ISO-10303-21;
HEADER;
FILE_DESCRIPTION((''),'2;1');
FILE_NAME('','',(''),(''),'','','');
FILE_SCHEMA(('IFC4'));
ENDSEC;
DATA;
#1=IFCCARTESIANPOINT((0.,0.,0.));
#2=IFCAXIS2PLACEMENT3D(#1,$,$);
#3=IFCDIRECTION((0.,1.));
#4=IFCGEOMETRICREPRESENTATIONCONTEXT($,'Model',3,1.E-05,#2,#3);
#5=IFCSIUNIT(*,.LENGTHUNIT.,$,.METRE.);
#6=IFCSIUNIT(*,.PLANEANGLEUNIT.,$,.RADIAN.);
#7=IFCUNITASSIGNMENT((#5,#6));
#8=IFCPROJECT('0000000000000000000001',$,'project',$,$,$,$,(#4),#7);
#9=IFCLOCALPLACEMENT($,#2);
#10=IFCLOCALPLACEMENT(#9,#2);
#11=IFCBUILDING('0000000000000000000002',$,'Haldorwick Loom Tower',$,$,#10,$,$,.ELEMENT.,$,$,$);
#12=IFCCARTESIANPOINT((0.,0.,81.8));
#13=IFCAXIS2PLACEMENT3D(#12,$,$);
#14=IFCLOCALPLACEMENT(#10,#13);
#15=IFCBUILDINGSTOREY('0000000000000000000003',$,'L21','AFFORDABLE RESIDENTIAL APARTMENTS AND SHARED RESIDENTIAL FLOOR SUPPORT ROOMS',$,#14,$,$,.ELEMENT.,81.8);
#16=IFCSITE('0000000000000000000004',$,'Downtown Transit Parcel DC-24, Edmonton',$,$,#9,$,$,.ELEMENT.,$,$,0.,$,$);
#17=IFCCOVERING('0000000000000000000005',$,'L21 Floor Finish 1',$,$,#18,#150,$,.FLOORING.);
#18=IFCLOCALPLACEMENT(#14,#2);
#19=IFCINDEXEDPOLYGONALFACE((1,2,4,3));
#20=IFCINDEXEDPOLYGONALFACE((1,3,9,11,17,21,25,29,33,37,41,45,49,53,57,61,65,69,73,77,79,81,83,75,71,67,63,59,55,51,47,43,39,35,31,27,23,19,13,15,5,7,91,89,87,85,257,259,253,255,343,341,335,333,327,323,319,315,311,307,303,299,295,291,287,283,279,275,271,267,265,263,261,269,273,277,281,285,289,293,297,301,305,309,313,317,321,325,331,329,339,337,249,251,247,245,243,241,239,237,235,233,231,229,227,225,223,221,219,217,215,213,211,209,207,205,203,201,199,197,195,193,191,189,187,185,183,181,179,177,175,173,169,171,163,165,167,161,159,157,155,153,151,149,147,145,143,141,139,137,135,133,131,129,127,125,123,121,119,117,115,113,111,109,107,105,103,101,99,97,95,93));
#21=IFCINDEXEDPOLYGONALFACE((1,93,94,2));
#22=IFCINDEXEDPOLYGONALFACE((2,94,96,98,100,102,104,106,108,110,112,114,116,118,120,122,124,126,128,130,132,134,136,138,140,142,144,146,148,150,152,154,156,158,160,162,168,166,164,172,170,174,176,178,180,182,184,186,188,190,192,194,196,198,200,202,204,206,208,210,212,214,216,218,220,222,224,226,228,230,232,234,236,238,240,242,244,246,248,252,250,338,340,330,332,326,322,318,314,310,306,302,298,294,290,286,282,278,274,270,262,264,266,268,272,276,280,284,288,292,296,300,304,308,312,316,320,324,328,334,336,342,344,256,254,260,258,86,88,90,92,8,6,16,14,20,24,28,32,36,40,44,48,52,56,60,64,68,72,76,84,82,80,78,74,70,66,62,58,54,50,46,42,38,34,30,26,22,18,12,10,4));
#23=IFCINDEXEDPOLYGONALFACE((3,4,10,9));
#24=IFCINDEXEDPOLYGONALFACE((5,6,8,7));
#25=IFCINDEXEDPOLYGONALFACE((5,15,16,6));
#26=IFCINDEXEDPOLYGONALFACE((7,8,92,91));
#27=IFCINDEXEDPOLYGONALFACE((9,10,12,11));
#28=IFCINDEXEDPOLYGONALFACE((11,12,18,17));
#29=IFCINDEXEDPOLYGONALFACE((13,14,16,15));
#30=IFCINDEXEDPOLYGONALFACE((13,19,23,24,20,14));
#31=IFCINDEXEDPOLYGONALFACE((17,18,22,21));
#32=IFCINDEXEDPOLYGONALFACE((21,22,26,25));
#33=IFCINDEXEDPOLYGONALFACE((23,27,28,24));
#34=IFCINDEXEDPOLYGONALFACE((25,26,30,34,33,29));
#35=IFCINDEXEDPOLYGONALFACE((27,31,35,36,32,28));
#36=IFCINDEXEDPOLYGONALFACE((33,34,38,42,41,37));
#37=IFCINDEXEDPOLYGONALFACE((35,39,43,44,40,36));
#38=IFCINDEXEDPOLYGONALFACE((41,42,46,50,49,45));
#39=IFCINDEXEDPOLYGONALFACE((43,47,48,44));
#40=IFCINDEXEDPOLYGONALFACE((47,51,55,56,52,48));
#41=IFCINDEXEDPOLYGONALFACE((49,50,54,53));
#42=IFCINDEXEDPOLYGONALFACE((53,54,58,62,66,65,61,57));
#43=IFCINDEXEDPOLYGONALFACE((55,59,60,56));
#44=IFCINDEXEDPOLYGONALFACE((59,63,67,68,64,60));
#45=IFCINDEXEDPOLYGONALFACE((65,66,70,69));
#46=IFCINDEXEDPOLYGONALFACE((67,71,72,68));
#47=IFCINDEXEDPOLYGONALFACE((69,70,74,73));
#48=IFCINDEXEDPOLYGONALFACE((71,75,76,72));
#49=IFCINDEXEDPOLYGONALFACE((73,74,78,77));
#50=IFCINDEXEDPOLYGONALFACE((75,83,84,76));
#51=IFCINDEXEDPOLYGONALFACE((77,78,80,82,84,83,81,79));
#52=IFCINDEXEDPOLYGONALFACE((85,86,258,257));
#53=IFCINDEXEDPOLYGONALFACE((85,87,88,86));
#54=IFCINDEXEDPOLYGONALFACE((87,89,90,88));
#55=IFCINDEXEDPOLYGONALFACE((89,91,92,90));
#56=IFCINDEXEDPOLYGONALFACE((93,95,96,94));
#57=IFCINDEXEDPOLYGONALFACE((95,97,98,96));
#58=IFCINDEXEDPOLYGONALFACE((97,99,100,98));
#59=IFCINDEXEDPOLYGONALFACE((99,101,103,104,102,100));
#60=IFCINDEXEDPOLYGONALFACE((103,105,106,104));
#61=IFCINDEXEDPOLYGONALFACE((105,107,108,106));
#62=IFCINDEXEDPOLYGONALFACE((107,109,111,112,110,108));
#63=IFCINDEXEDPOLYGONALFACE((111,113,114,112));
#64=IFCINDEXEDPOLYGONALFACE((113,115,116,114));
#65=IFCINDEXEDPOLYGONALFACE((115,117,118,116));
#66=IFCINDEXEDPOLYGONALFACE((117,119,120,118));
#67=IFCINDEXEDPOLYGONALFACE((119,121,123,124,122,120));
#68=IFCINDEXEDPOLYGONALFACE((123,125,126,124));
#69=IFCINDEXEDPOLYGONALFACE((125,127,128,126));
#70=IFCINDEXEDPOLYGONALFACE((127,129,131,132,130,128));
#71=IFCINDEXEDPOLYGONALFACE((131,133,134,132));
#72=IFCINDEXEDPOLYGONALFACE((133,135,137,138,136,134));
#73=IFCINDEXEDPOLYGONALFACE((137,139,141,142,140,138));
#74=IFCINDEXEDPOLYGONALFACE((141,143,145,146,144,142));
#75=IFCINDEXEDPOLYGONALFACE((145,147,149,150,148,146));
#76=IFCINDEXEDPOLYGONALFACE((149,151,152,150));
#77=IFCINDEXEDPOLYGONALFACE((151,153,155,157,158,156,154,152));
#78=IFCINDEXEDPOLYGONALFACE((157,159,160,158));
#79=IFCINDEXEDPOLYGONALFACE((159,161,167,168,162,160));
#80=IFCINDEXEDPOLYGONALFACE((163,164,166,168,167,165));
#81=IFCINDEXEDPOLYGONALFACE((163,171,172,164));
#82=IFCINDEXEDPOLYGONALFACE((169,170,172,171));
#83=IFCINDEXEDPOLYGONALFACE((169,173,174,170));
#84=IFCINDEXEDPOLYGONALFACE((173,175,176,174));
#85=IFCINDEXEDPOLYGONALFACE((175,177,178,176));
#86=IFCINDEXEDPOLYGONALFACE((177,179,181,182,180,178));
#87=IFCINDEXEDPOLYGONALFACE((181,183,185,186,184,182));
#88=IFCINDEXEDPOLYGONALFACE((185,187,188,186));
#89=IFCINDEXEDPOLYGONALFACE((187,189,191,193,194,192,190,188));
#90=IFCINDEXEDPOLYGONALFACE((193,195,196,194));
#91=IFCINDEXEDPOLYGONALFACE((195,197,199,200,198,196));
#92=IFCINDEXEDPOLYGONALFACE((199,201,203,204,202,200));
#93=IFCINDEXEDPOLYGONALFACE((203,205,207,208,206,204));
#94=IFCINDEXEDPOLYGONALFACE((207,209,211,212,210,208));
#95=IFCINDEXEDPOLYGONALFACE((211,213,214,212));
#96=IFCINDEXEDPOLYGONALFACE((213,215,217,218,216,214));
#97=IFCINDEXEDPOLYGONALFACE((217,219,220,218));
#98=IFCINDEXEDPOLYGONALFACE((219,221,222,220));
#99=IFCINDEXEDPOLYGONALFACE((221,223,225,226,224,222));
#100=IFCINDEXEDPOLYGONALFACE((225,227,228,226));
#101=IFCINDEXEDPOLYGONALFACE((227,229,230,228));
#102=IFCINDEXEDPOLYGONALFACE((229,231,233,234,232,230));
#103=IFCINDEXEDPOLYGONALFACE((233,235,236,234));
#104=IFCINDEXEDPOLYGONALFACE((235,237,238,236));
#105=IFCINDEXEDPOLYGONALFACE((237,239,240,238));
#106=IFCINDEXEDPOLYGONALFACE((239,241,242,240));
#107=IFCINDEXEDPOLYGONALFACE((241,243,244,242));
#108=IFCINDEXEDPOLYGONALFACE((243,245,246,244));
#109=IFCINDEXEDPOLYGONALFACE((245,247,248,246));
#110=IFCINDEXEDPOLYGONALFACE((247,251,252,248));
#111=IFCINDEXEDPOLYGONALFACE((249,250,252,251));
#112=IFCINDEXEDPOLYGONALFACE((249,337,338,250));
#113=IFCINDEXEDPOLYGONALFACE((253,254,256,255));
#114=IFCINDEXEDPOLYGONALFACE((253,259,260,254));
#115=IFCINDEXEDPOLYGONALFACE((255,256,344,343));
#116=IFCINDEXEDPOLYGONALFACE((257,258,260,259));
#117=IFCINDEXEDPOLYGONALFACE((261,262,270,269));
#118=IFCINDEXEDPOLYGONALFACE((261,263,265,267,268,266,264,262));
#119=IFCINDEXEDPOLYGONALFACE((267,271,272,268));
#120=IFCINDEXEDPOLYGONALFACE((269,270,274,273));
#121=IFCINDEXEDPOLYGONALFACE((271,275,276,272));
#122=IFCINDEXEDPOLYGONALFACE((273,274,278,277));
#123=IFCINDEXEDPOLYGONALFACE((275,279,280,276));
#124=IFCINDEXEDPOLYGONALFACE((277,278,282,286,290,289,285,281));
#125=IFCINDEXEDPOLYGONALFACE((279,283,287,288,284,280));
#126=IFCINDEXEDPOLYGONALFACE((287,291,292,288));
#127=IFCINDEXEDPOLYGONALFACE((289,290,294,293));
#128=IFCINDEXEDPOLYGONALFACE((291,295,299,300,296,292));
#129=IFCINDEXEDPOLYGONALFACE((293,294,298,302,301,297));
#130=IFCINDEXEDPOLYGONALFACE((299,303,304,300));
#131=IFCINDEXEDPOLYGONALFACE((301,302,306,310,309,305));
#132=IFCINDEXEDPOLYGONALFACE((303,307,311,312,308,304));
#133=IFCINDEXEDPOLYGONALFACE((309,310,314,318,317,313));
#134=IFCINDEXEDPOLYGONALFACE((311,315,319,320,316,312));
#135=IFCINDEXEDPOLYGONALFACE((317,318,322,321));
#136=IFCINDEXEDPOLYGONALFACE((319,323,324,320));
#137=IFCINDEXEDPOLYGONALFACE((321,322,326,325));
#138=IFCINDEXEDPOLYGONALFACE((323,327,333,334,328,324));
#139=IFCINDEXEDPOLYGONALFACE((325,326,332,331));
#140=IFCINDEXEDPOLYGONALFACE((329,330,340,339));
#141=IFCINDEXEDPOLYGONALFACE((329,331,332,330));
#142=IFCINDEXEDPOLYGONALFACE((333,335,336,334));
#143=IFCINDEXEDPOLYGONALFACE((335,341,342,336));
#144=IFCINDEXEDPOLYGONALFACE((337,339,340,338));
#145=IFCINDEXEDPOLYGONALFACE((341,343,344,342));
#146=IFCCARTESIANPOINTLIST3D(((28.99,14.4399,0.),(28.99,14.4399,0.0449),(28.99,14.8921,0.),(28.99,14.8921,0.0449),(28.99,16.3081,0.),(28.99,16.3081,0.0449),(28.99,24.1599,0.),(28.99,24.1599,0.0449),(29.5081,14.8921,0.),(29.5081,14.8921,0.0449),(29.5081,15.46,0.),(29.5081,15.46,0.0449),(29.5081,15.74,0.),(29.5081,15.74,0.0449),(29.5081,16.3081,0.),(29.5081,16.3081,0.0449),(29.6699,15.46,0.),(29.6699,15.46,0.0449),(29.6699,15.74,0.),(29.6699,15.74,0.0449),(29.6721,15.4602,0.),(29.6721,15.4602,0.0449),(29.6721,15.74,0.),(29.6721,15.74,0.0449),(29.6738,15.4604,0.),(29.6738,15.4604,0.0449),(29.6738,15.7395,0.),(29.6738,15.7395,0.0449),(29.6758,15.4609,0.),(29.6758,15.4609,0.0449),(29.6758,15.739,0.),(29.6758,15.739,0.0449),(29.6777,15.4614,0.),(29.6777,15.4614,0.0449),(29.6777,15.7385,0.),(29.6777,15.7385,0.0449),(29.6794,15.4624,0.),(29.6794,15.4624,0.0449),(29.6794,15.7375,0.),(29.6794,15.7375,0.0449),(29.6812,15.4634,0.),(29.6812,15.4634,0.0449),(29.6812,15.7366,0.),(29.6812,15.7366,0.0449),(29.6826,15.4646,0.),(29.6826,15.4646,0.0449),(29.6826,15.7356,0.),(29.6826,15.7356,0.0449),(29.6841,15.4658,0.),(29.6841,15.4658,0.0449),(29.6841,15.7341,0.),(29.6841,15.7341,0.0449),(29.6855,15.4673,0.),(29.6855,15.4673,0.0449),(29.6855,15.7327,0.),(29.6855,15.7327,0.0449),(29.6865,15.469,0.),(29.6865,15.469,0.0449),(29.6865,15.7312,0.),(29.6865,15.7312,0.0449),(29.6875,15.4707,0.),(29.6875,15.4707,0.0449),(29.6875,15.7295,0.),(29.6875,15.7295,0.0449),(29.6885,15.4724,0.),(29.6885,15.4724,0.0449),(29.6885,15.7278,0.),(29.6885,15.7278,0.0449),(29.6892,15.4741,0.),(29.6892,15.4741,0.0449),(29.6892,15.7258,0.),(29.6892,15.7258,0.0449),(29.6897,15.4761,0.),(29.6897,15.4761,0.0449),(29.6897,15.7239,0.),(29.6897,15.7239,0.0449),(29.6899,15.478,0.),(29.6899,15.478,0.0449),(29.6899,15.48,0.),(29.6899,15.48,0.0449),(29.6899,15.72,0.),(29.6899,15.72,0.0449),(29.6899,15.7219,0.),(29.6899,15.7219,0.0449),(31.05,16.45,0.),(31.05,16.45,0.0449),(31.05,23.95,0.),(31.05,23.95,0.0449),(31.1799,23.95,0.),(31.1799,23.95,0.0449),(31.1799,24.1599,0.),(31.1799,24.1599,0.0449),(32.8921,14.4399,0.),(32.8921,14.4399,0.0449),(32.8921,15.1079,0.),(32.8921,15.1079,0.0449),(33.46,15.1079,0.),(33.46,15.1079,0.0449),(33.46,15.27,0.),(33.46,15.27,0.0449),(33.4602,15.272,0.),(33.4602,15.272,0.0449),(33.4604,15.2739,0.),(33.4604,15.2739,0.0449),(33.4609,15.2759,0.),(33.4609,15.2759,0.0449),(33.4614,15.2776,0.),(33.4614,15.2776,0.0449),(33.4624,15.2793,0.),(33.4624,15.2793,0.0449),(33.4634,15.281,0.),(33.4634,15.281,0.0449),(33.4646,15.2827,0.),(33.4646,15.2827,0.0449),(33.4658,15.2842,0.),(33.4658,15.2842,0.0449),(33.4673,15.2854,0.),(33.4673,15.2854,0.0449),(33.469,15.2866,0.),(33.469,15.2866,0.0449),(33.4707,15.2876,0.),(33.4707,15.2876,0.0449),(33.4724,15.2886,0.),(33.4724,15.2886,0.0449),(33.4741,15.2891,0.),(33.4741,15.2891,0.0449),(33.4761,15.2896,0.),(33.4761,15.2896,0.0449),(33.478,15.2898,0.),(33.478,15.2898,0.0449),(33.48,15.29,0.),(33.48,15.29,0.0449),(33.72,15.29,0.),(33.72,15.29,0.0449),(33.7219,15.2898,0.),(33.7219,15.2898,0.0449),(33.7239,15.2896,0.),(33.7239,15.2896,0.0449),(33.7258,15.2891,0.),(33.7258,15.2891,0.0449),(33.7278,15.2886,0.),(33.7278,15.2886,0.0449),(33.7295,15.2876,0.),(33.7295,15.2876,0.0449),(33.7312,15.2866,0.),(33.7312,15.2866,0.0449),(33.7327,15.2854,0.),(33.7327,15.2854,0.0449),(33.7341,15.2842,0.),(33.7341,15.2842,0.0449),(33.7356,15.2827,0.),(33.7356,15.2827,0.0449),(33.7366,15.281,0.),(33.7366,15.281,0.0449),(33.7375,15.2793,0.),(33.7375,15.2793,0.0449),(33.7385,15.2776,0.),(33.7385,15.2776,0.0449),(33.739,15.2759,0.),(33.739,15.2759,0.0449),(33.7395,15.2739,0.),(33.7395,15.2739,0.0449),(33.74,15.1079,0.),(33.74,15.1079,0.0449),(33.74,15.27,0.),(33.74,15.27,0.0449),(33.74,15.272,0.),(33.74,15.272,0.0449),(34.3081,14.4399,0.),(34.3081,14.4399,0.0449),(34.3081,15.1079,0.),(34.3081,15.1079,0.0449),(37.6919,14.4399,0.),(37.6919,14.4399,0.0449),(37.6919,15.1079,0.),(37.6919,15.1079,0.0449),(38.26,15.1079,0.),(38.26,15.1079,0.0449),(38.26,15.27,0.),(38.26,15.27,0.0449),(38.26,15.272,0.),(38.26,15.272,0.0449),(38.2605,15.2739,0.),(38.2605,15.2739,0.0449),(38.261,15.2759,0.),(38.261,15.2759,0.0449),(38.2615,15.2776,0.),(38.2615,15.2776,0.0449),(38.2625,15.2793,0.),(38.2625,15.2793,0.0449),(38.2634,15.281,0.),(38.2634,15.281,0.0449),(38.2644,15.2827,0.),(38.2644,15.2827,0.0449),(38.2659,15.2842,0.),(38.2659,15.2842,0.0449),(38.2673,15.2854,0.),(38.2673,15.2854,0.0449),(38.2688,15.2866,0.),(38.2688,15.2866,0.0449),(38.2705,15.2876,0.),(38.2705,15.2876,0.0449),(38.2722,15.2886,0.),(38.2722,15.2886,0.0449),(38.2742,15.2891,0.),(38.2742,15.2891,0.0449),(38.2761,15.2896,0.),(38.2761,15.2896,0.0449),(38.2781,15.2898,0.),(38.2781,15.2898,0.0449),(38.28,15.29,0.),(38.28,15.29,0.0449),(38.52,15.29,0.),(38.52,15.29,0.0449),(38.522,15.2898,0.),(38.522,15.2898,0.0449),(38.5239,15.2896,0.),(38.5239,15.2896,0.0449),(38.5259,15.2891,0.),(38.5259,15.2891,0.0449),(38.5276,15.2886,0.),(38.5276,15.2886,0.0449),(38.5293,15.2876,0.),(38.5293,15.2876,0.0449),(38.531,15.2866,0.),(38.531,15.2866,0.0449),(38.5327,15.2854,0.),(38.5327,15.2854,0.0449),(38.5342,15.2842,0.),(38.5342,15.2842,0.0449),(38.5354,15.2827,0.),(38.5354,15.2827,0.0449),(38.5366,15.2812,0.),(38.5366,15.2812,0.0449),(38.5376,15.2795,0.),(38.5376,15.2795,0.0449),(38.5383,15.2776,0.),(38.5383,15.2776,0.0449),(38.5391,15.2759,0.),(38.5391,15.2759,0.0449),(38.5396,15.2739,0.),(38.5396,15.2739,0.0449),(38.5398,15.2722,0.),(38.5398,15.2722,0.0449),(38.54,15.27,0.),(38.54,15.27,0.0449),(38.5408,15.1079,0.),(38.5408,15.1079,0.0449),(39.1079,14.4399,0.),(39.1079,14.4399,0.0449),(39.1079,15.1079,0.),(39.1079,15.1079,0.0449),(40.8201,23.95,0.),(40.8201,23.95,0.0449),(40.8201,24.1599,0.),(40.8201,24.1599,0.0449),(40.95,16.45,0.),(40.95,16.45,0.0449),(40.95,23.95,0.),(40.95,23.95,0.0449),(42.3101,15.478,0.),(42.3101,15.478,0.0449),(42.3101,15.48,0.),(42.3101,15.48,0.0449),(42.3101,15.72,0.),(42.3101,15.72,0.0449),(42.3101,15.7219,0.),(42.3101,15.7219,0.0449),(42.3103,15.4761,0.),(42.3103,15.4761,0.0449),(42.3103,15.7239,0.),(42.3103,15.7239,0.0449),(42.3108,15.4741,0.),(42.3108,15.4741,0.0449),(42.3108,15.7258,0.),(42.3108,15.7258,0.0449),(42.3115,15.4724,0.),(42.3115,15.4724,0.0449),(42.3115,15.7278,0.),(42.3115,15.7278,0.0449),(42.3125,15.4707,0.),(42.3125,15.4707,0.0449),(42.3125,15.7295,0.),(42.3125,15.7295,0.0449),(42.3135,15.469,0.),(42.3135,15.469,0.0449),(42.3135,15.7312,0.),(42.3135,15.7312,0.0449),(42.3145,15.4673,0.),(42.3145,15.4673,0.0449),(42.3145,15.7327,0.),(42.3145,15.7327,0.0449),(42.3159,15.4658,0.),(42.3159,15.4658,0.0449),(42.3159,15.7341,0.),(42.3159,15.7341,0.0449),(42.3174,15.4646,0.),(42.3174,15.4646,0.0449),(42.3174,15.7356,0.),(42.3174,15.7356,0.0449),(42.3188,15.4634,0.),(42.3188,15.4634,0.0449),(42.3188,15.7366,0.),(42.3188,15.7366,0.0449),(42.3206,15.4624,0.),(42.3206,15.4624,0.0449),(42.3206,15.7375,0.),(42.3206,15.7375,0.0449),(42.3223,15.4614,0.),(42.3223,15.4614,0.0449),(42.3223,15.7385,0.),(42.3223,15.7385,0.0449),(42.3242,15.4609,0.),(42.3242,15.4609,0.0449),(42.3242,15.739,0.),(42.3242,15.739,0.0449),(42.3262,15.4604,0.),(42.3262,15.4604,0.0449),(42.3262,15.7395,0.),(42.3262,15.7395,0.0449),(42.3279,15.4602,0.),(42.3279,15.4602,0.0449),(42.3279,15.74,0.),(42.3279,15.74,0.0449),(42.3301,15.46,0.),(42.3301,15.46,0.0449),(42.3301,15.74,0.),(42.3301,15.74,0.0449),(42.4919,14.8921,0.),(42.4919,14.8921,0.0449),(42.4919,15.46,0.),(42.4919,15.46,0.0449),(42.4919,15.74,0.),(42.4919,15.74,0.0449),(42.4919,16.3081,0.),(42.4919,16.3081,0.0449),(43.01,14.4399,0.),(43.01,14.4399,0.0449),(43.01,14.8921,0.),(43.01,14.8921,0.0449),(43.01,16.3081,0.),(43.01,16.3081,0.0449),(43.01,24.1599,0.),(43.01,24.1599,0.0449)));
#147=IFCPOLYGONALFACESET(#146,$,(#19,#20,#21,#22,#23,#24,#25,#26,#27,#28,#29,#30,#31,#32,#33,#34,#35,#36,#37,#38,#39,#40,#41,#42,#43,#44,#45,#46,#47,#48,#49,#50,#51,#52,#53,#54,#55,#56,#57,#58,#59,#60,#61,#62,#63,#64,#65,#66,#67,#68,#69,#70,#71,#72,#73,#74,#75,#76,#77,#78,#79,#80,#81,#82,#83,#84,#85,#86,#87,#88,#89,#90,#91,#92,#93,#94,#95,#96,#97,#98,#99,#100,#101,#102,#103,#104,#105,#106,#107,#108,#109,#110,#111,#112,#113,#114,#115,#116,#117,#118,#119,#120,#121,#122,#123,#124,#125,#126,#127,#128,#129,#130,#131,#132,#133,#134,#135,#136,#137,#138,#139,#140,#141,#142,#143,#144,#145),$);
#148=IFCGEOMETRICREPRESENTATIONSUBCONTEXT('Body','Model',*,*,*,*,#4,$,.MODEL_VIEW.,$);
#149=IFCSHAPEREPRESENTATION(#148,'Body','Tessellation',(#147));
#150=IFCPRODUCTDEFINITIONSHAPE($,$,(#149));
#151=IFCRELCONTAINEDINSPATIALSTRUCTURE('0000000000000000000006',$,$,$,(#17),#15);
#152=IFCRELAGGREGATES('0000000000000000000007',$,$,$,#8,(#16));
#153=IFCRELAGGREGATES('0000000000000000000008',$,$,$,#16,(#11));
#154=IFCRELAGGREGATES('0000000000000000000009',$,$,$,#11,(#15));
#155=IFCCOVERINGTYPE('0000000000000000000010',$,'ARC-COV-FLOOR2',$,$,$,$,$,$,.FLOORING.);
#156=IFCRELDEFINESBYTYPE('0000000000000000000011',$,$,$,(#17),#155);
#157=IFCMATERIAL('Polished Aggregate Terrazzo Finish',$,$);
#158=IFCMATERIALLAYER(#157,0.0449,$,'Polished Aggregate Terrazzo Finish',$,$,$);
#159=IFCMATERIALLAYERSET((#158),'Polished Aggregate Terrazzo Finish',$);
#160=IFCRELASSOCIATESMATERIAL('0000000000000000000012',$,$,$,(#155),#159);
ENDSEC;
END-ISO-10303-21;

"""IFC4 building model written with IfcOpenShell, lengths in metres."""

from ifc_helpers import new_model, si_unit, direction, frame, origin, place, context, subcontext, project, spatial, polyline, outline, extrude, material, layer, layer_set, type_object, element, save


model = new_model("IFC4")

# Units and contexts
model_context = context("Model", 3, precision=1e-05, world=origin(), true_north=direction((0.0, 1.0)))
body_context = subcontext(model_context, "Body", "Model", "MODEL_VIEW")
ifc_project = project(units=[si_unit("LENGTHUNIT", "METRE"), si_unit("PLANEANGLEUNIT", "RADIAN")], contexts=[model_context])

# Site, building, storey
site_placement = place(None, origin())
site = spatial("IfcSite", under=ifc_project, at=site_placement, Name="Downtown Transit Parcel DC-24, Edmonton", CompositionType="ELEMENT", RefElevation=0.0)
building_placement = place(site_placement, origin())
building = spatial("IfcBuilding", under=site, at=building_placement, Name="Haldorwick Loom Tower", CompositionType="ELEMENT")
storey_placement = place(building_placement, frame((0.0, 0.0, 81.8)))
storey = spatial("IfcBuildingStorey", under=building, at=storey_placement, Name="L21", Description="AFFORDABLE RESIDENTIAL APARTMENTS AND SHARED RESIDENTIAL FLOOR SUPPORT ROOMS", CompositionType="ELEMENT", Elevation=81.8)

# Covering
ifc_material_1 = material(Name="Polished Aggregate Terrazzo Finish")
ifc_layer_1 = layer(ifc_material_1, 0.0449, Name="Polished Aggregate Terrazzo Finish")
ifc_layer_set_1 = layer_set([ifc_layer_1], Name="Polished Aggregate Terrazzo Finish")
covering_type_1 = type_object("IfcCoveringType", Name="ARC-COV-FLOOR2", PredefinedType="FLOORING", material=ifc_layer_set_1)
covering_1_placement = place(storey_placement, origin())
element("IfcCovering", 1, at=covering_1_placement, inside=storey, type_object=covering_type_1, Name="L21 Floor Finish 1", PredefinedType="FLOORING", context=body_context, shape_type="SweptSolid", body=[
    extrude(outline(polyline([(40.8201, 24.1599), (40.8201, 23.95), (40.95, 23.95), (40.95, 16.45), (31.05, 16.45), (31.05, 23.95), (31.1799, 23.95), (31.1799, 24.1599), (28.99, 24.1599), (28.99, 16.3081), (29.5081, 16.3081), (29.5081, 15.74), (29.6699, 15.74), (29.6721, 15.74), (29.6738, 15.7395), (29.6758, 15.739), (29.6777, 15.7385), (29.6794, 15.7375), (29.6812, 15.7366), (29.6826, 15.7356), (29.6841, 15.7341), (29.6855, 15.7327), (29.6865, 15.7312), (29.6875, 15.7295), (29.6885, 15.7278), (29.6892, 15.7258), (29.6897, 15.7239), (29.6899, 15.7219), (29.6899, 15.72), (29.6899, 15.48), (29.6899, 15.478), (29.6897, 15.4761), (29.6892, 15.4741), (29.6885, 15.4724), (29.6875, 15.4707), (29.6865, 15.469), (29.6855, 15.4673), (29.6841, 15.4658), (29.6826, 15.4646), (29.6812, 15.4634), (29.6794, 15.4624), (29.6777, 15.4614), (29.6758, 15.4609), (29.6738, 15.4604), (29.6721, 15.4602), (29.6699, 15.46), (29.5081, 15.46), (29.5081, 14.8921), (28.99, 14.8921), (28.99, 14.4399), (32.8921, 14.4399), (32.8921, 15.1079), (33.46, 15.1079), (33.46, 15.27), (33.4602, 15.272), (33.4604, 15.2739), (33.4609, 15.2759), (33.4614, 15.2776), (33.4624, 15.2793), (33.4634, 15.281), (33.4646, 15.2827), (33.4658, 15.2842), (33.4673, 15.2854), (33.469, 15.2866), (33.4707, 15.2876), (33.4724, 15.2886), (33.4741, 15.2891), (33.4761, 15.2896), (33.478, 15.2898), (33.48, 15.29), (33.72, 15.29), (33.7219, 15.2898), (33.7239, 15.2896), (33.7258, 15.2891), (33.7278, 15.2886), (33.7295, 15.2876), (33.7312, 15.2866), (33.7327, 15.2854), (33.7341, 15.2842), (33.7356, 15.2827), (33.7366, 15.281), (33.7375, 15.2793), (33.7385, 15.2776), (33.739, 15.2759), (33.7395, 15.2739), (33.74, 15.272), (33.74, 15.27), (33.74, 15.1079), (34.3081, 15.1079), (34.3081, 14.4399), (37.6919, 14.4399), (37.6919, 15.1079), (38.26, 15.1079), (38.26, 15.27), (38.26, 15.272), (38.2605, 15.2739), (38.261, 15.2759), (38.2615, 15.2776), (38.2625, 15.2793), (38.2634, 15.281), (38.2644, 15.2827), (38.2659, 15.2842), (38.2673, 15.2854), (38.2688, 15.2866), (38.2705, 15.2876), (38.2722, 15.2886), (38.2742, 15.2891), (38.2761, 15.2896), (38.2781, 15.2898), (38.28, 15.29), (38.52, 15.29), (38.522, 15.2898), (38.5239, 15.2896), (38.5259, 15.2891), (38.5276, 15.2886), (38.5293, 15.2876), (38.531, 15.2866), (38.5327, 15.2854), (38.5342, 15.2842), (38.5354, 15.2827), (38.5366, 15.2812), (38.5376, 15.2795), (38.5383, 15.2776), (38.5391, 15.2759), (38.5396, 15.2739), (38.5398, 15.2722), (38.54, 15.27), (38.5408, 15.1079), (39.1079, 15.1079), (39.1079, 14.4399), (43.01, 14.4399), (43.01, 14.8921), (42.4919, 14.8921), (42.4919, 15.46), (42.3301, 15.46), (42.3279, 15.4602), (42.3262, 15.4604), (42.3242, 15.4609), (42.3223, 15.4614), (42.3206, 15.4624), (42.3188, 15.4634), (42.3174, 15.4646), (42.3159, 15.4658), (42.3145, 15.4673), (42.3135, 15.469), (42.3125, 15.4707), (42.3115, 15.4724), (42.3108, 15.4741), (42.3103, 15.4761), (42.3101, 15.478), (42.3101, 15.48), (42.3101, 15.72), (42.3101, 15.7219), (42.3103, 15.7239), (42.3108, 15.7258), (42.3115, 15.7278), (42.3125, 15.7295), (42.3135, 15.7312), (42.3145, 15.7327), (42.3159, 15.7341), (42.3174, 15.7356), (42.3188, 15.7366), (42.3206, 15.7375), (42.3223, 15.7385), (42.3242, 15.739), (42.3262, 15.7395), (42.3279, 15.74), (42.3301, 15.74), (42.4919, 15.74), (42.4919, 16.3081), (43.01, 16.3081), (43.01, 24.1599), (40.8201, 24.1599)])), origin(), (0.0, 0.0, 1.0), 0.0449),
])

save(model, "model.ifc")
